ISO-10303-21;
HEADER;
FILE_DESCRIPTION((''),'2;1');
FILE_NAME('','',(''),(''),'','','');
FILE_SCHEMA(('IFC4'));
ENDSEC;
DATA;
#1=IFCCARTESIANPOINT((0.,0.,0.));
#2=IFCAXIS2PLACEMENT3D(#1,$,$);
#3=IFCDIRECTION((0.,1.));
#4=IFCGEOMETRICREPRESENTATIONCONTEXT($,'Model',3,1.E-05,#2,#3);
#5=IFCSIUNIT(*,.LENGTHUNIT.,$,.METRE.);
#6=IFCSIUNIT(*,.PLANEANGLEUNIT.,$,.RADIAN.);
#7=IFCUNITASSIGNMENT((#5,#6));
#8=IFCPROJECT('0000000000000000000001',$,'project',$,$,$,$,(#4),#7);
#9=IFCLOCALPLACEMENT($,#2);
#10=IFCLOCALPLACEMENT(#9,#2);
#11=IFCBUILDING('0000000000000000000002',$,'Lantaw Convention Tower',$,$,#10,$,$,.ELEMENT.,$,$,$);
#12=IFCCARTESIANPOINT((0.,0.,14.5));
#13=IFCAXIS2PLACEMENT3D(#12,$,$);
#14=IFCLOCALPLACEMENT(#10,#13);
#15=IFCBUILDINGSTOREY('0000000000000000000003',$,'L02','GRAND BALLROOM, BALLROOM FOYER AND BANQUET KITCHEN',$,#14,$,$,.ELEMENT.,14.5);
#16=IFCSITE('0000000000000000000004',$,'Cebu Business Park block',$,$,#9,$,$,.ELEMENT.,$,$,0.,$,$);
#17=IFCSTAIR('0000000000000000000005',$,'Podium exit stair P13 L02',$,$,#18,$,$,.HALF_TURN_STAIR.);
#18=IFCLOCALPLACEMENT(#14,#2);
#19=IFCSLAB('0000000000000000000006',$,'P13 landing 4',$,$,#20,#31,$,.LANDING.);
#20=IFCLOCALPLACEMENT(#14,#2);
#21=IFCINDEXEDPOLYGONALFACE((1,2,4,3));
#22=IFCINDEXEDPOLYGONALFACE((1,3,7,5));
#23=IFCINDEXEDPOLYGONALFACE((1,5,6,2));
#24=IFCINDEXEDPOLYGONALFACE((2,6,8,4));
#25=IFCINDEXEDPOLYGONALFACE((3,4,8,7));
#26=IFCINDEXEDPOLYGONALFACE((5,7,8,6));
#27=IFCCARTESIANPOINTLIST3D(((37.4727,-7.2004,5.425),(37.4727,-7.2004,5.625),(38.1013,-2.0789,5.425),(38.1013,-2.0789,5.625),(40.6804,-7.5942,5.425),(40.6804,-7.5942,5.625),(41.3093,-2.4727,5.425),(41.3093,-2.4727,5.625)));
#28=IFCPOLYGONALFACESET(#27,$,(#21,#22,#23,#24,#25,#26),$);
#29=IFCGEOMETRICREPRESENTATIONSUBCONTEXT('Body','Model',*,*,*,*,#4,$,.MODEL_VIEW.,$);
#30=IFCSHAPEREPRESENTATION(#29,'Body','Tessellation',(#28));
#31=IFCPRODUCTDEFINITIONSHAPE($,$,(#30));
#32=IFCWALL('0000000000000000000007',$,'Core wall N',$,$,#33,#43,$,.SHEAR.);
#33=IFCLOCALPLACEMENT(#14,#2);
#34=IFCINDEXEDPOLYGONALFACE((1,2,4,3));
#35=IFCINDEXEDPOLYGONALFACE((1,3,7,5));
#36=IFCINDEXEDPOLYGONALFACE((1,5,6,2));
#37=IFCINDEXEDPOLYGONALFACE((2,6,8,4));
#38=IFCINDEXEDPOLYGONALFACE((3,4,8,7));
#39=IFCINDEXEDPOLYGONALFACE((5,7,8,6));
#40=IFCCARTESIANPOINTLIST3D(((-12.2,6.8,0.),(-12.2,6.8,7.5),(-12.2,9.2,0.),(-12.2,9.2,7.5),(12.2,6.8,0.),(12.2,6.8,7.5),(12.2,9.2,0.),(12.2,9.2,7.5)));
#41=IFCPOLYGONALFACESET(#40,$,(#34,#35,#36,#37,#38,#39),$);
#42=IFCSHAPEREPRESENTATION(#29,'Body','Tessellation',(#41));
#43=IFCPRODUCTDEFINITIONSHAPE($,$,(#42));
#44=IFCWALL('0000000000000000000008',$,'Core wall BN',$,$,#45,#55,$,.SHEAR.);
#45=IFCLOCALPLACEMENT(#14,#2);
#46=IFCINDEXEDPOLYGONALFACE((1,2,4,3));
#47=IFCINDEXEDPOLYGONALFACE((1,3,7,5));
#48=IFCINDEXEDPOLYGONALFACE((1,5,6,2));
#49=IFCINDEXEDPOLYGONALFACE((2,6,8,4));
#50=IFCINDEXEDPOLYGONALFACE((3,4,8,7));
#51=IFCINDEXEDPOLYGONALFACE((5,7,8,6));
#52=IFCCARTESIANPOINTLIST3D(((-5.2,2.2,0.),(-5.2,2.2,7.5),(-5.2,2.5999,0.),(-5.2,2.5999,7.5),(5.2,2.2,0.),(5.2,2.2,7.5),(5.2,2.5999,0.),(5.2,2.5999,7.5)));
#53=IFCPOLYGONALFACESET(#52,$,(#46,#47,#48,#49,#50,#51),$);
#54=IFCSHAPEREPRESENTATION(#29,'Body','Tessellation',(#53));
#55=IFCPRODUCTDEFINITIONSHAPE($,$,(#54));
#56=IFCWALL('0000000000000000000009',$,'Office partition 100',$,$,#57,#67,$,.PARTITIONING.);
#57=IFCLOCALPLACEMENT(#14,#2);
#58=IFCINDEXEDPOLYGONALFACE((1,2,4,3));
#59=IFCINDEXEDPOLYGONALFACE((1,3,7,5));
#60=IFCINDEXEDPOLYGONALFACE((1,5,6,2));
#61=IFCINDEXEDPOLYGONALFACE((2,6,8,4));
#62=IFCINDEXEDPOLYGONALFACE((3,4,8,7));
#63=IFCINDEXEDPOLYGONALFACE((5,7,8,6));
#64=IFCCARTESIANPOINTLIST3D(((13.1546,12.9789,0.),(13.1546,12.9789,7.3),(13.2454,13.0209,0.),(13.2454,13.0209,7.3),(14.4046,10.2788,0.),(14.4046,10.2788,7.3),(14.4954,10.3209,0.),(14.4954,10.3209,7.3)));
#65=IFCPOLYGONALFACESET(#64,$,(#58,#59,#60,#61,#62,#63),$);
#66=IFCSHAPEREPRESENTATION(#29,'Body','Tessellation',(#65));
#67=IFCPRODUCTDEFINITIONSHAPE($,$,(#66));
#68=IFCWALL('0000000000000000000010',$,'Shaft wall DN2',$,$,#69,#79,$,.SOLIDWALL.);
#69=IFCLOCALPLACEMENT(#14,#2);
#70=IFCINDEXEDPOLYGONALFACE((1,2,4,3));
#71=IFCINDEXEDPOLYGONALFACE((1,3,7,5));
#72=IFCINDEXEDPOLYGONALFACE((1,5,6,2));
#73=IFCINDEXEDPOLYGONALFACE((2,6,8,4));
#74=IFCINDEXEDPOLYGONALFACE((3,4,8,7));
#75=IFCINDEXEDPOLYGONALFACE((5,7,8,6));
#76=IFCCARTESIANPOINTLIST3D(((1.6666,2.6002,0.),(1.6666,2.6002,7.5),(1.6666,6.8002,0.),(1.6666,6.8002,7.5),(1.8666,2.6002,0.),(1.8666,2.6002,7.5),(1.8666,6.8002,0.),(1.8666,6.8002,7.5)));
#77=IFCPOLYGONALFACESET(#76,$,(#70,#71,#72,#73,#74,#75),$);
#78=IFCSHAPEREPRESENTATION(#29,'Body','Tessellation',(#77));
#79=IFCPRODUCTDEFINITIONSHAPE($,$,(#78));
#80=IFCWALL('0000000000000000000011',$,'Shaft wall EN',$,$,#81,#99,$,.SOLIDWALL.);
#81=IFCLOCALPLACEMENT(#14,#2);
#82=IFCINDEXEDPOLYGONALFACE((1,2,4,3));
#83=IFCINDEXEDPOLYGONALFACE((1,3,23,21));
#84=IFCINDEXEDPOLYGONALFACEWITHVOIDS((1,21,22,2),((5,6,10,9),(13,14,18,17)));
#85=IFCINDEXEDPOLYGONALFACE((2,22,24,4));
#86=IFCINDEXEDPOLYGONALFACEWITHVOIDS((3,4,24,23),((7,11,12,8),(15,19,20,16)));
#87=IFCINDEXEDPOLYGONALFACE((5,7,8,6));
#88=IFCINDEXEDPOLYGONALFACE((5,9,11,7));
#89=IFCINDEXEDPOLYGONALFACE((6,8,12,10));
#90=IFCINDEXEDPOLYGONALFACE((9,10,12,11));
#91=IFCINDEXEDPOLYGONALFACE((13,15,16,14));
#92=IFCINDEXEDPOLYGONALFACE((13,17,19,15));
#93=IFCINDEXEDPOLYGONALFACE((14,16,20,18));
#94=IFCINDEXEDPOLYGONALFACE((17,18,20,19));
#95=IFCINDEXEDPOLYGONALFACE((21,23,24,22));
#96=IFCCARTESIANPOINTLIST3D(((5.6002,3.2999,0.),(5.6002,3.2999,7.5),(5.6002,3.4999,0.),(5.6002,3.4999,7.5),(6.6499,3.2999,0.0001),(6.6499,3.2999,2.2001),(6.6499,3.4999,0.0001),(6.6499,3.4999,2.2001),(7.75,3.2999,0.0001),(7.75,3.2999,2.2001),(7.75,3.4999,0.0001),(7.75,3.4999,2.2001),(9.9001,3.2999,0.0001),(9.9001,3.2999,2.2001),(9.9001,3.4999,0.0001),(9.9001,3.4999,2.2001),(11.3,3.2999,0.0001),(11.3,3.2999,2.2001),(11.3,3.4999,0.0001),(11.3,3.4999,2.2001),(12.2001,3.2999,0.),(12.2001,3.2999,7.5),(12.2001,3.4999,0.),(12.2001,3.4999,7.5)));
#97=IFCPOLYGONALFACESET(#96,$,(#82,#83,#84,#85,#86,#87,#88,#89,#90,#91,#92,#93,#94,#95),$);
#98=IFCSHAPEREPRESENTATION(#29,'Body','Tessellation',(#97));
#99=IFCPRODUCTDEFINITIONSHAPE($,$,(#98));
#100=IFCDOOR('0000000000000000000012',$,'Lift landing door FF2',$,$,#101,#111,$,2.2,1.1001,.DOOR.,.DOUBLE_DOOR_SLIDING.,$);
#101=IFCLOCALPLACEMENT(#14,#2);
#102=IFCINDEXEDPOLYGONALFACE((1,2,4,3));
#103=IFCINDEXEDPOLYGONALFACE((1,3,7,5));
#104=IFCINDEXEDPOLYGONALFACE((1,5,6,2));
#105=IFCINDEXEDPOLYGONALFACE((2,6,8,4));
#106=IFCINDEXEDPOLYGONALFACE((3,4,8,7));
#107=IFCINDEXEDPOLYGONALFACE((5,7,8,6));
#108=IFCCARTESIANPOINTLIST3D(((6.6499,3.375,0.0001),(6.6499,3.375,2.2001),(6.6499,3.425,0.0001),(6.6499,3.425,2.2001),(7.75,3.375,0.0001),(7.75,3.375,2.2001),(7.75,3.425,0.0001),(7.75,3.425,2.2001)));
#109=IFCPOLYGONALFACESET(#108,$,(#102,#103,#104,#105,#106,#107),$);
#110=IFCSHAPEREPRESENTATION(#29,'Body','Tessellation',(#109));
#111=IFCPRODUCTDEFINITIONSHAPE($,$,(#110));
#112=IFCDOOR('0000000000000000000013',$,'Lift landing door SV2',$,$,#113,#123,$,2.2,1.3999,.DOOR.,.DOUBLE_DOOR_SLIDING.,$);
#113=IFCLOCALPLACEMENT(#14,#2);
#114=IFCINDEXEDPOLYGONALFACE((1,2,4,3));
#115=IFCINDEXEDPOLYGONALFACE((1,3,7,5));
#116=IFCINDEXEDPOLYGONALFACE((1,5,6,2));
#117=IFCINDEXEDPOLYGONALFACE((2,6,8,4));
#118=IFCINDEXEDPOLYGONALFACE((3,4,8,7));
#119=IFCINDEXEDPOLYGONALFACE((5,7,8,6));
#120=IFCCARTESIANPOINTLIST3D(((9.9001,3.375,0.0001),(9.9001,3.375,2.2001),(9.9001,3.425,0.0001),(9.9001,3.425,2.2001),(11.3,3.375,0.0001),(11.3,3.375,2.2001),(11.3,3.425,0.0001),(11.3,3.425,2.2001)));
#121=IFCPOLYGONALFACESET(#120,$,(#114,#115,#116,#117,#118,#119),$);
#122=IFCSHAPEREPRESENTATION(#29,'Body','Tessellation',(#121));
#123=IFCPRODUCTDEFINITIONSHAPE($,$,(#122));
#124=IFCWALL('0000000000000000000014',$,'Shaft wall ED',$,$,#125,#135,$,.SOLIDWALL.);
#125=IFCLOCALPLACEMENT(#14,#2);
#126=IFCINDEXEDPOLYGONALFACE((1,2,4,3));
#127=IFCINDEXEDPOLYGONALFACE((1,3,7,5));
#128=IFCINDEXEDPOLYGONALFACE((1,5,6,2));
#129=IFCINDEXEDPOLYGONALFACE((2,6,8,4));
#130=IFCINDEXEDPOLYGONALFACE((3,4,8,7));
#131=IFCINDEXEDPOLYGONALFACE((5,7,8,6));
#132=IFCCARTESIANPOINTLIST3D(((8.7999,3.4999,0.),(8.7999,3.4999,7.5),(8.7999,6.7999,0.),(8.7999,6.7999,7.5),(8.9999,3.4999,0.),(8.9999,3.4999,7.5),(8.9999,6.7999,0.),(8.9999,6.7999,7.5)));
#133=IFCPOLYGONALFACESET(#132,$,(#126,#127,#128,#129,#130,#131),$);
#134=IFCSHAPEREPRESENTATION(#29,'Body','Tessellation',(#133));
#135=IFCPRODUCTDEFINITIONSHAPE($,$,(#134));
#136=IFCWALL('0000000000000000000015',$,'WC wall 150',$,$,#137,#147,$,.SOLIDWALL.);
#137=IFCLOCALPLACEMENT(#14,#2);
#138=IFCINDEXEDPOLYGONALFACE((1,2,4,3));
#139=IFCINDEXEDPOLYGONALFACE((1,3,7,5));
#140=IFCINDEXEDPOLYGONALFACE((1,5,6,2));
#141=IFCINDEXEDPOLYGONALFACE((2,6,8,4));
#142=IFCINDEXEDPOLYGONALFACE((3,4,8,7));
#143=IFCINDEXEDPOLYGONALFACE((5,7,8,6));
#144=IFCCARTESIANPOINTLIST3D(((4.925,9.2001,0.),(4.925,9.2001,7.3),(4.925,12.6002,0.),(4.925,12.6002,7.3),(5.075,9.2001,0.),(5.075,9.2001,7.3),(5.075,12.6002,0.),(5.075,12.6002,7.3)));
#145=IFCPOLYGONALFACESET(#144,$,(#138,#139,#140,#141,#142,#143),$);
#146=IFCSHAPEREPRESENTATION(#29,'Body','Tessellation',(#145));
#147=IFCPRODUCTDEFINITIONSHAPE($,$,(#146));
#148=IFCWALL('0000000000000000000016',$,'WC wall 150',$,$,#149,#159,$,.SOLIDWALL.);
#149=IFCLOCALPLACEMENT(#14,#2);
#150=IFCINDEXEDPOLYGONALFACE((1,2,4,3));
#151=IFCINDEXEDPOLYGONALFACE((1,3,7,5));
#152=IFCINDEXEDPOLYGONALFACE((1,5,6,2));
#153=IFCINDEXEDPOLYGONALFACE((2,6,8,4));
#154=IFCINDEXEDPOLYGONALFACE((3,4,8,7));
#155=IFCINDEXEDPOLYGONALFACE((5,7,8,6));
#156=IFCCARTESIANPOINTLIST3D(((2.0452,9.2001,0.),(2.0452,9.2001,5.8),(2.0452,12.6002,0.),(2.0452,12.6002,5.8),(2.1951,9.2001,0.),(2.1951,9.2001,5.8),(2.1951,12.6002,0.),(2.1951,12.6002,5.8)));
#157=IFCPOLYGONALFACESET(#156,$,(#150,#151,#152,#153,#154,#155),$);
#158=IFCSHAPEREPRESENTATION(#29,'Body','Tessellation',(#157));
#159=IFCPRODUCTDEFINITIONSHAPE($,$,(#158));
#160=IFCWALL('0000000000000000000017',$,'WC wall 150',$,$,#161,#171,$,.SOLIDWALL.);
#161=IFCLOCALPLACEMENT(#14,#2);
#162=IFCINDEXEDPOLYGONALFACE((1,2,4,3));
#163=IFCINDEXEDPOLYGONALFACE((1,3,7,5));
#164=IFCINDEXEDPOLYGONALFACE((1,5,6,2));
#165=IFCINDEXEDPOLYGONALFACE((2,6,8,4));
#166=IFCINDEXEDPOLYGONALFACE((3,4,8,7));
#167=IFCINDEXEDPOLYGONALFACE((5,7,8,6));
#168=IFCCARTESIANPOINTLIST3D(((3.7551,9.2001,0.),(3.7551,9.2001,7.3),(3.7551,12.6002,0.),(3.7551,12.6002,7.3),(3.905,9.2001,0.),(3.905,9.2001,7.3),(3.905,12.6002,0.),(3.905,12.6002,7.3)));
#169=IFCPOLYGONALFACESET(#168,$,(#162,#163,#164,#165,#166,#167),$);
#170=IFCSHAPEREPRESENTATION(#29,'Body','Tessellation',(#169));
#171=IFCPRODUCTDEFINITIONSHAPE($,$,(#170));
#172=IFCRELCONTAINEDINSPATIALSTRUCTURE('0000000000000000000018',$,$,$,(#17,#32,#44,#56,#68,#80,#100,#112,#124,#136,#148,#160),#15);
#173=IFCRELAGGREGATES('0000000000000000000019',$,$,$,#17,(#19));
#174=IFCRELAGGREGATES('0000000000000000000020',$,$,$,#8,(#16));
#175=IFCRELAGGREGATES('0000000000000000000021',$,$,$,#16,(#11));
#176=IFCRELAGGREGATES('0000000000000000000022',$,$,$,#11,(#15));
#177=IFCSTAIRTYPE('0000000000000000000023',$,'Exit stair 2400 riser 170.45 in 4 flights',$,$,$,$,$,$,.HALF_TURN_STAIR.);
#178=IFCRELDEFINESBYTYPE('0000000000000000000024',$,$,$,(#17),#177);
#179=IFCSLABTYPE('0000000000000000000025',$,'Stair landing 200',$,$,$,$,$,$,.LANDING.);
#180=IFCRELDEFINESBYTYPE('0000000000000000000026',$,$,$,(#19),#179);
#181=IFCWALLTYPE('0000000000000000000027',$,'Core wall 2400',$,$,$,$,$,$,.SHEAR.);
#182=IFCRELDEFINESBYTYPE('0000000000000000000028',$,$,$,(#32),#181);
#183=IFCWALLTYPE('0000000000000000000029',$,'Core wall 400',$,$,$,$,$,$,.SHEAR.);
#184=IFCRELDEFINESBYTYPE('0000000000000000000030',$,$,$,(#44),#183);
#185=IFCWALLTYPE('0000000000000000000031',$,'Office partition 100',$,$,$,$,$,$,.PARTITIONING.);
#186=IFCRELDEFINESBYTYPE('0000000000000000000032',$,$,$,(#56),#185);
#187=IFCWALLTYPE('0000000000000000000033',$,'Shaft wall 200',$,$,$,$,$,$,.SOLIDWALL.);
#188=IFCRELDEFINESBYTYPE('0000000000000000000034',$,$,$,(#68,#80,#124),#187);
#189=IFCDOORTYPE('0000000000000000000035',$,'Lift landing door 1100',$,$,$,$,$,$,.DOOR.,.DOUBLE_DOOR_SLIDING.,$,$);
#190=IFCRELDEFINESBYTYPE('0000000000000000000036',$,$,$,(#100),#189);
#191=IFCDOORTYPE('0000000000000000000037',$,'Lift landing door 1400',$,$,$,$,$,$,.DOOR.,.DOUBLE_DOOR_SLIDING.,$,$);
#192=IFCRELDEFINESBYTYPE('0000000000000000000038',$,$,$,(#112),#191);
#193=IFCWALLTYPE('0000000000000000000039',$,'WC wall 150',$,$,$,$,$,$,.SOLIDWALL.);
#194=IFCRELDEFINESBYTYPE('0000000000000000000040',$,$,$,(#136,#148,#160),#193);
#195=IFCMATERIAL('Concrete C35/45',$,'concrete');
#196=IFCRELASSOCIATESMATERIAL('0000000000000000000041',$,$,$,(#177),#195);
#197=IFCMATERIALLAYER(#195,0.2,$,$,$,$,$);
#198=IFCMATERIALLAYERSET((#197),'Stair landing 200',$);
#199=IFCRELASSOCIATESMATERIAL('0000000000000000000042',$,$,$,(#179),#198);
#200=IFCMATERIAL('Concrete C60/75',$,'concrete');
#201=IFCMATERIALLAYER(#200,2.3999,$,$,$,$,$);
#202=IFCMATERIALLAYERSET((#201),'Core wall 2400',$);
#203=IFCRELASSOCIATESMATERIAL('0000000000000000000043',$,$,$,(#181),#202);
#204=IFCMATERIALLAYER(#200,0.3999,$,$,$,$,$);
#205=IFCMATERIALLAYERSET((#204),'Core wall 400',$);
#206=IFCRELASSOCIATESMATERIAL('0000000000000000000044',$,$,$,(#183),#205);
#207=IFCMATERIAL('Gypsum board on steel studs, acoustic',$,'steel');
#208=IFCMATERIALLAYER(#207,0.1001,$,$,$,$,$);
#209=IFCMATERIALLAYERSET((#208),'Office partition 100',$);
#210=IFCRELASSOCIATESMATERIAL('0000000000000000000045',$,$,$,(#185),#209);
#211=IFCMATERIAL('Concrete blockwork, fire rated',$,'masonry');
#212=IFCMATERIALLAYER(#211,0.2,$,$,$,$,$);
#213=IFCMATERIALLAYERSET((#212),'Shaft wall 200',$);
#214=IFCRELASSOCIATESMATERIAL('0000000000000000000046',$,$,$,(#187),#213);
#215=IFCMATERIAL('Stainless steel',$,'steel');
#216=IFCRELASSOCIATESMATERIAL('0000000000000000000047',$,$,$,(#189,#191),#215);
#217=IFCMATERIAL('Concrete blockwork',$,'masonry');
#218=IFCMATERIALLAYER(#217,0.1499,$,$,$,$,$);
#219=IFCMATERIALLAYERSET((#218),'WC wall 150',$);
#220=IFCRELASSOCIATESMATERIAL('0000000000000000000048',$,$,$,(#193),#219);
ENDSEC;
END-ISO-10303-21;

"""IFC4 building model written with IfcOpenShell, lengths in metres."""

from ifc_helpers import new_model, si_unit, direction, frame, frame_2d, origin, place, context, subcontext, project, spatial, polyline, rectangle, outline, extrude, material, layer, layer_set, type_object, element, fill, aggregate, save


model = new_model("IFC4")

# Units and contexts
model_context = context("Model", 3, precision=1e-05, world=origin(), true_north=direction((0.0, 1.0)))
body_context = subcontext(model_context, "Body", "Model", "MODEL_VIEW")
ifc_project = project(units=[si_unit("LENGTHUNIT", "METRE"), si_unit("PLANEANGLEUNIT", "RADIAN")], contexts=[model_context])

# Site, building, storey
site_placement = place(None, origin())
site = spatial("IfcSite", under=ifc_project, at=site_placement, Name="Cebu Business Park block", CompositionType="ELEMENT", RefElevation=0.0)
building_placement = place(site_placement, origin())
building = spatial("IfcBuilding", under=site, at=building_placement, Name="Lantaw Convention Tower", CompositionType="ELEMENT")
storey_placement = place(building_placement, frame((0.0, 0.0, 14.5)))
storey = spatial("IfcBuildingStorey", under=building, at=storey_placement, Name="L02", Description="GRAND BALLROOM, BALLROOM FOYER AND BANQUET KITCHEN", CompositionType="ELEMENT", Elevation=14.5)

# Stair, slab
ifc_material_1 = material(Name="Concrete C35/45", Category="concrete")
stair_type = type_object("IfcStairType", Name="Exit stair 2400 riser 170.45 in 4 flights", PredefinedType="HALF_TURN_STAIR", material=ifc_material_1)
stair_placement = place(storey_placement, origin())
stair = element("IfcStair", 1, at=stair_placement, inside=storey, type_object=stair_type, Name="Podium exit stair P13 L02", PredefinedType="HALF_TURN_STAIR")
ifc_layer_1 = layer(ifc_material_1, 0.2)
ifc_layer_set_1 = layer_set([ifc_layer_1], Name="Stair landing 200")
slab_type = type_object("IfcSlabType", Name="Stair landing 200", PredefinedType="LANDING", material=ifc_layer_set_1)
slab_1_placement = place(storey_placement, frame((0.0, 0.0, 5.425)))
slab_1 = element("IfcSlab", 2, at=slab_1_placement, type_object=slab_type, Name="P13 landing 4", PredefinedType="LANDING", context=body_context, shape_type="SweptSolid", body=[
    extrude(outline(polyline([(37.4727, -7.2004), (40.6804, -7.5942), (41.3093, -2.4727), (38.1013, -2.0789), (37.4727, -7.2004)])), origin(), (0.0, 0.0, 1.0), 0.2),
])
aggregate(stair, [slab_1])

# Walls
ifc_material_2 = material(Name="Concrete C60/75", Category="concrete")
ifc_layer_2 = layer(ifc_material_2, 2.3999)
ifc_layer_set_2 = layer_set([ifc_layer_2], Name="Core wall 2400")
wall_type_1 = type_object("IfcWallType", Name="Core wall 2400", PredefinedType="SHEAR", material=ifc_layer_set_2)
wall_1_placement = place(storey_placement, frame((12.2, 8.0, 0.0), z_axis=(0.0, 0.0, 1.0), x_axis=(-1.0, 0.0, 0.0)))
element("IfcWall", 3, at=wall_1_placement, inside=storey, type_object=wall_type_1, Name="Core wall N", PredefinedType="SHEAR", context=body_context, shape_type="SweptSolid", body=[
    extrude(rectangle(XDim=24.3999, YDim=2.3999, at=frame_2d((12.2, 0.0))), origin(), (0.0, 0.0, 1.0), 7.5),
])
ifc_layer_3 = layer(ifc_material_2, 0.3999)
ifc_layer_set_3 = layer_set([ifc_layer_3], Name="Core wall 400")
wall_type_2 = type_object("IfcWallType", Name="Core wall 400", PredefinedType="SHEAR", material=ifc_layer_set_3)
wall_2_placement = place(storey_placement, frame((5.2, 2.3999, 0.0), z_axis=(0.0, 0.0, 1.0), x_axis=(-1.0, 0.0, 0.0)))
element("IfcWall", 4, at=wall_2_placement, inside=storey, type_object=wall_type_2, Name="Core wall BN", PredefinedType="SHEAR", context=body_context, shape_type="SweptSolid", body=[
    extrude(rectangle(XDim=10.3999, YDim=0.3999, at=frame_2d((5.2, 0.0))), origin(), (0.0, 0.0, 1.0), 7.5),
])
ifc_material_3 = material(Name="Gypsum board on steel studs, acoustic", Category="steel")
ifc_layer_4 = layer(ifc_material_3, 0.1001)
ifc_layer_set_4 = layer_set([ifc_layer_4], Name="Office partition 100")
wall_type_3 = type_object("IfcWallType", Name="Office partition 100", PredefinedType="PARTITIONING", material=ifc_layer_set_4)
wall_3_placement = place(storey_placement, frame((13.2, 13.0, 0.0), z_axis=(0.0, 0.0, 1.0), x_axis=(0.42013, -0.907464, 0.0)))
element("IfcWall", 5, at=wall_3_placement, inside=storey, type_object=wall_type_3, Name="Office partition 100", PredefinedType="PARTITIONING", context=body_context, shape_type="SweptSolid", body=[
    extrude(rectangle(XDim=2.9753, YDim=0.1001, at=frame_2d((1.4878, 0.0))), origin(), (0.0, 0.0, 1.0), 7.3),
])
ifc_material_4 = material(Name="Concrete blockwork, fire rated", Category="masonry")
ifc_layer_5 = layer(ifc_material_4, 0.2)
ifc_layer_set_5 = layer_set([ifc_layer_5], Name="Shaft wall 200")
wall_type_4 = type_object("IfcWallType", Name="Shaft wall 200", PredefinedType="SOLIDWALL", material=ifc_layer_set_5)
wall_4_placement = place(storey_placement, frame((1.7666, 2.6001, 0.0), z_axis=(0.0, 0.0, 1.0), x_axis=(0.0, 1.0, 0.0)))
element("IfcWall", 6, at=wall_4_placement, inside=storey, type_object=wall_type_4, Name="Shaft wall DN2", PredefinedType="SOLIDWALL", context=body_context, shape_type="SweptSolid", body=[
    extrude(rectangle(XDim=4.2, YDim=0.2, at=frame_2d((2.1001, 0.0))), origin(), (0.0, 0.0, 1.0), 7.5),
])

# Wall, openings, doors
wall_5_placement = place(storey_placement, frame((12.2, 3.3999, 0.0), z_axis=(0.0, 0.0, 1.0), x_axis=(-1.0, 0.0, 0.0)))
wall_5 = element("IfcWall", 7, at=wall_5_placement, inside=storey, type_object=wall_type_4, Name="Shaft wall EN", PredefinedType="SOLIDWALL", context=body_context, shape_type="SweptSolid", body=[
    extrude(rectangle(XDim=6.5999, YDim=0.2, at=frame_2d((3.2998, 0.0))), origin(), (0.0, 0.0, 1.0), 7.5),
])
opening_1_placement = place(wall_5_placement, frame((4.45, 0.0, 0.0)))
opening_1 = element("IfcOpeningElement", 8, at=opening_1_placement, cuts=wall_5, PredefinedType="OPENING", context=body_context, shape_type="SweptSolid", body=[
    extrude(rectangle(XDim=1.1001, YDim=2.2, at=frame_2d((0.55, 1.1001))), frame((0.0, 0.1099, 0.0), z_axis=(0.0, -1.0, 0.0), x_axis=(1.0, 0.0, 0.0)), (0.0, 0.0, 1.0), 0.22),
])
opening_2_placement = place(wall_5_placement, frame((0.8999, 0.0, 0.0)))
opening_2 = element("IfcOpeningElement", 9, at=opening_2_placement, cuts=wall_5, PredefinedType="OPENING", context=body_context, shape_type="SweptSolid", body=[
    extrude(rectangle(XDim=1.3999, YDim=2.2, at=frame_2d((0.7, 1.1001))), frame((0.0, 0.1099, 0.0), z_axis=(0.0, -1.0, 0.0), x_axis=(1.0, 0.0, 0.0)), (0.0, 0.0, 1.0), 0.22),
])
ifc_material_5 = material(Name="Stainless steel", Category="steel")
door_type_1 = type_object("IfcDoorType", Name="Lift landing door 1100", OperationType="DOUBLE_DOOR_SLIDING", PredefinedType="DOOR", material=ifc_material_5)
door_1_placement = place(opening_1_placement, origin())
door_1 = element("IfcDoor", 10, at=door_1_placement, inside=storey, type_object=door_type_1, Name="Lift landing door FF2", OperationType="DOUBLE_DOOR_SLIDING", OverallHeight=2.2, OverallWidth=1.1001, PredefinedType="DOOR", context=body_context, shape_type="SweptSolid", body=[
    extrude(rectangle(XDim=1.1001, YDim=2.2, at=frame_2d((0.55, 1.1001))), frame((0.0, 0.0249, 0.0), z_axis=(0.0, -1.0, 0.0), x_axis=(1.0, 0.0, 0.0)), (0.0, 0.0, 1.0), 0.05),
])
fill(opening_1, door_1)
door_type_2 = type_object("IfcDoorType", Name="Lift landing door 1400", OperationType="DOUBLE_DOOR_SLIDING", PredefinedType="DOOR", material=ifc_material_5)
door_2_placement = place(opening_2_placement, origin())
door_2 = element("IfcDoor", 11, at=door_2_placement, inside=storey, type_object=door_type_2, Name="Lift landing door SV2", OperationType="DOUBLE_DOOR_SLIDING", OverallHeight=2.2, OverallWidth=1.3999, PredefinedType="DOOR", context=body_context, shape_type="SweptSolid", body=[
    extrude(rectangle(XDim=1.3999, YDim=2.2, at=frame_2d((0.7, 1.1001))), frame((0.0, 0.0249, 0.0), z_axis=(0.0, -1.0, 0.0), x_axis=(1.0, 0.0, 0.0)), (0.0, 0.0, 1.0), 0.05),
])
fill(opening_2, door_2)

# Walls
wall_6_placement = place(storey_placement, frame((8.8999, 3.5, 0.0), z_axis=(0.0, 0.0, 1.0), x_axis=(0.0, 1.0, 0.0)))
element("IfcWall", 12, at=wall_6_placement, inside=storey, type_object=wall_type_4, Name="Shaft wall ED", PredefinedType="SOLIDWALL", context=body_context, shape_type="SweptSolid", body=[
    extrude(rectangle(XDim=3.3, YDim=0.2, at=frame_2d((1.6499, 0.0))), origin(), (0.0, 0.0, 1.0), 7.5),
])
ifc_material_6 = material(Name="Concrete blockwork", Category="masonry")
ifc_layer_6 = layer(ifc_material_6, 0.1499)
ifc_layer_set_6 = layer_set([ifc_layer_6], Name="WC wall 150")
wall_type_5 = type_object("IfcWallType", Name="WC wall 150", PredefinedType="SOLIDWALL", material=ifc_layer_set_6)
wall_7_placement = place(storey_placement, frame((5.0, 9.2, 0.0), z_axis=(0.0, 0.0, 1.0), x_axis=(0.0, 1.0, 0.0)))
element("IfcWall", 13, at=wall_7_placement, inside=storey, type_object=wall_type_5, Name="WC wall 150", PredefinedType="SOLIDWALL", context=body_context, shape_type="SweptSolid", body=[
    extrude(rectangle(XDim=3.4001, YDim=0.1499, at=frame_2d((1.7002, 0.0))), origin(), (0.0, 0.0, 1.0), 7.3),
])
wall_8_placement = place(storey_placement, frame((2.1201, 9.2, 0.0), z_axis=(0.0, 0.0, 1.0), x_axis=(0.0, 1.0, 0.0)))
element("IfcWall", 14, at=wall_8_placement, inside=storey, type_object=wall_type_5, Name="WC wall 150", PredefinedType="SOLIDWALL", context=body_context, shape_type="SweptSolid", body=[
    extrude(rectangle(XDim=3.4001, YDim=0.1499, at=frame_2d((1.7002, 0.0))), origin(), (0.0, 0.0, 1.0), 5.8),
])
wall_9_placement = place(storey_placement, frame((3.8301, 9.2, 0.0), z_axis=(0.0, 0.0, 1.0), x_axis=(0.0, 1.0, 0.0)))
element("IfcWall", 15, at=wall_9_placement, inside=storey, type_object=wall_type_5, Name="WC wall 150", PredefinedType="SOLIDWALL", context=body_context, shape_type="SweptSolid", body=[
    extrude(rectangle(XDim=3.4001, YDim=0.1499, at=frame_2d((1.7002, 0.0))), origin(), (0.0, 0.0, 1.0), 7.3),
])

save(model, "model.ifc")
